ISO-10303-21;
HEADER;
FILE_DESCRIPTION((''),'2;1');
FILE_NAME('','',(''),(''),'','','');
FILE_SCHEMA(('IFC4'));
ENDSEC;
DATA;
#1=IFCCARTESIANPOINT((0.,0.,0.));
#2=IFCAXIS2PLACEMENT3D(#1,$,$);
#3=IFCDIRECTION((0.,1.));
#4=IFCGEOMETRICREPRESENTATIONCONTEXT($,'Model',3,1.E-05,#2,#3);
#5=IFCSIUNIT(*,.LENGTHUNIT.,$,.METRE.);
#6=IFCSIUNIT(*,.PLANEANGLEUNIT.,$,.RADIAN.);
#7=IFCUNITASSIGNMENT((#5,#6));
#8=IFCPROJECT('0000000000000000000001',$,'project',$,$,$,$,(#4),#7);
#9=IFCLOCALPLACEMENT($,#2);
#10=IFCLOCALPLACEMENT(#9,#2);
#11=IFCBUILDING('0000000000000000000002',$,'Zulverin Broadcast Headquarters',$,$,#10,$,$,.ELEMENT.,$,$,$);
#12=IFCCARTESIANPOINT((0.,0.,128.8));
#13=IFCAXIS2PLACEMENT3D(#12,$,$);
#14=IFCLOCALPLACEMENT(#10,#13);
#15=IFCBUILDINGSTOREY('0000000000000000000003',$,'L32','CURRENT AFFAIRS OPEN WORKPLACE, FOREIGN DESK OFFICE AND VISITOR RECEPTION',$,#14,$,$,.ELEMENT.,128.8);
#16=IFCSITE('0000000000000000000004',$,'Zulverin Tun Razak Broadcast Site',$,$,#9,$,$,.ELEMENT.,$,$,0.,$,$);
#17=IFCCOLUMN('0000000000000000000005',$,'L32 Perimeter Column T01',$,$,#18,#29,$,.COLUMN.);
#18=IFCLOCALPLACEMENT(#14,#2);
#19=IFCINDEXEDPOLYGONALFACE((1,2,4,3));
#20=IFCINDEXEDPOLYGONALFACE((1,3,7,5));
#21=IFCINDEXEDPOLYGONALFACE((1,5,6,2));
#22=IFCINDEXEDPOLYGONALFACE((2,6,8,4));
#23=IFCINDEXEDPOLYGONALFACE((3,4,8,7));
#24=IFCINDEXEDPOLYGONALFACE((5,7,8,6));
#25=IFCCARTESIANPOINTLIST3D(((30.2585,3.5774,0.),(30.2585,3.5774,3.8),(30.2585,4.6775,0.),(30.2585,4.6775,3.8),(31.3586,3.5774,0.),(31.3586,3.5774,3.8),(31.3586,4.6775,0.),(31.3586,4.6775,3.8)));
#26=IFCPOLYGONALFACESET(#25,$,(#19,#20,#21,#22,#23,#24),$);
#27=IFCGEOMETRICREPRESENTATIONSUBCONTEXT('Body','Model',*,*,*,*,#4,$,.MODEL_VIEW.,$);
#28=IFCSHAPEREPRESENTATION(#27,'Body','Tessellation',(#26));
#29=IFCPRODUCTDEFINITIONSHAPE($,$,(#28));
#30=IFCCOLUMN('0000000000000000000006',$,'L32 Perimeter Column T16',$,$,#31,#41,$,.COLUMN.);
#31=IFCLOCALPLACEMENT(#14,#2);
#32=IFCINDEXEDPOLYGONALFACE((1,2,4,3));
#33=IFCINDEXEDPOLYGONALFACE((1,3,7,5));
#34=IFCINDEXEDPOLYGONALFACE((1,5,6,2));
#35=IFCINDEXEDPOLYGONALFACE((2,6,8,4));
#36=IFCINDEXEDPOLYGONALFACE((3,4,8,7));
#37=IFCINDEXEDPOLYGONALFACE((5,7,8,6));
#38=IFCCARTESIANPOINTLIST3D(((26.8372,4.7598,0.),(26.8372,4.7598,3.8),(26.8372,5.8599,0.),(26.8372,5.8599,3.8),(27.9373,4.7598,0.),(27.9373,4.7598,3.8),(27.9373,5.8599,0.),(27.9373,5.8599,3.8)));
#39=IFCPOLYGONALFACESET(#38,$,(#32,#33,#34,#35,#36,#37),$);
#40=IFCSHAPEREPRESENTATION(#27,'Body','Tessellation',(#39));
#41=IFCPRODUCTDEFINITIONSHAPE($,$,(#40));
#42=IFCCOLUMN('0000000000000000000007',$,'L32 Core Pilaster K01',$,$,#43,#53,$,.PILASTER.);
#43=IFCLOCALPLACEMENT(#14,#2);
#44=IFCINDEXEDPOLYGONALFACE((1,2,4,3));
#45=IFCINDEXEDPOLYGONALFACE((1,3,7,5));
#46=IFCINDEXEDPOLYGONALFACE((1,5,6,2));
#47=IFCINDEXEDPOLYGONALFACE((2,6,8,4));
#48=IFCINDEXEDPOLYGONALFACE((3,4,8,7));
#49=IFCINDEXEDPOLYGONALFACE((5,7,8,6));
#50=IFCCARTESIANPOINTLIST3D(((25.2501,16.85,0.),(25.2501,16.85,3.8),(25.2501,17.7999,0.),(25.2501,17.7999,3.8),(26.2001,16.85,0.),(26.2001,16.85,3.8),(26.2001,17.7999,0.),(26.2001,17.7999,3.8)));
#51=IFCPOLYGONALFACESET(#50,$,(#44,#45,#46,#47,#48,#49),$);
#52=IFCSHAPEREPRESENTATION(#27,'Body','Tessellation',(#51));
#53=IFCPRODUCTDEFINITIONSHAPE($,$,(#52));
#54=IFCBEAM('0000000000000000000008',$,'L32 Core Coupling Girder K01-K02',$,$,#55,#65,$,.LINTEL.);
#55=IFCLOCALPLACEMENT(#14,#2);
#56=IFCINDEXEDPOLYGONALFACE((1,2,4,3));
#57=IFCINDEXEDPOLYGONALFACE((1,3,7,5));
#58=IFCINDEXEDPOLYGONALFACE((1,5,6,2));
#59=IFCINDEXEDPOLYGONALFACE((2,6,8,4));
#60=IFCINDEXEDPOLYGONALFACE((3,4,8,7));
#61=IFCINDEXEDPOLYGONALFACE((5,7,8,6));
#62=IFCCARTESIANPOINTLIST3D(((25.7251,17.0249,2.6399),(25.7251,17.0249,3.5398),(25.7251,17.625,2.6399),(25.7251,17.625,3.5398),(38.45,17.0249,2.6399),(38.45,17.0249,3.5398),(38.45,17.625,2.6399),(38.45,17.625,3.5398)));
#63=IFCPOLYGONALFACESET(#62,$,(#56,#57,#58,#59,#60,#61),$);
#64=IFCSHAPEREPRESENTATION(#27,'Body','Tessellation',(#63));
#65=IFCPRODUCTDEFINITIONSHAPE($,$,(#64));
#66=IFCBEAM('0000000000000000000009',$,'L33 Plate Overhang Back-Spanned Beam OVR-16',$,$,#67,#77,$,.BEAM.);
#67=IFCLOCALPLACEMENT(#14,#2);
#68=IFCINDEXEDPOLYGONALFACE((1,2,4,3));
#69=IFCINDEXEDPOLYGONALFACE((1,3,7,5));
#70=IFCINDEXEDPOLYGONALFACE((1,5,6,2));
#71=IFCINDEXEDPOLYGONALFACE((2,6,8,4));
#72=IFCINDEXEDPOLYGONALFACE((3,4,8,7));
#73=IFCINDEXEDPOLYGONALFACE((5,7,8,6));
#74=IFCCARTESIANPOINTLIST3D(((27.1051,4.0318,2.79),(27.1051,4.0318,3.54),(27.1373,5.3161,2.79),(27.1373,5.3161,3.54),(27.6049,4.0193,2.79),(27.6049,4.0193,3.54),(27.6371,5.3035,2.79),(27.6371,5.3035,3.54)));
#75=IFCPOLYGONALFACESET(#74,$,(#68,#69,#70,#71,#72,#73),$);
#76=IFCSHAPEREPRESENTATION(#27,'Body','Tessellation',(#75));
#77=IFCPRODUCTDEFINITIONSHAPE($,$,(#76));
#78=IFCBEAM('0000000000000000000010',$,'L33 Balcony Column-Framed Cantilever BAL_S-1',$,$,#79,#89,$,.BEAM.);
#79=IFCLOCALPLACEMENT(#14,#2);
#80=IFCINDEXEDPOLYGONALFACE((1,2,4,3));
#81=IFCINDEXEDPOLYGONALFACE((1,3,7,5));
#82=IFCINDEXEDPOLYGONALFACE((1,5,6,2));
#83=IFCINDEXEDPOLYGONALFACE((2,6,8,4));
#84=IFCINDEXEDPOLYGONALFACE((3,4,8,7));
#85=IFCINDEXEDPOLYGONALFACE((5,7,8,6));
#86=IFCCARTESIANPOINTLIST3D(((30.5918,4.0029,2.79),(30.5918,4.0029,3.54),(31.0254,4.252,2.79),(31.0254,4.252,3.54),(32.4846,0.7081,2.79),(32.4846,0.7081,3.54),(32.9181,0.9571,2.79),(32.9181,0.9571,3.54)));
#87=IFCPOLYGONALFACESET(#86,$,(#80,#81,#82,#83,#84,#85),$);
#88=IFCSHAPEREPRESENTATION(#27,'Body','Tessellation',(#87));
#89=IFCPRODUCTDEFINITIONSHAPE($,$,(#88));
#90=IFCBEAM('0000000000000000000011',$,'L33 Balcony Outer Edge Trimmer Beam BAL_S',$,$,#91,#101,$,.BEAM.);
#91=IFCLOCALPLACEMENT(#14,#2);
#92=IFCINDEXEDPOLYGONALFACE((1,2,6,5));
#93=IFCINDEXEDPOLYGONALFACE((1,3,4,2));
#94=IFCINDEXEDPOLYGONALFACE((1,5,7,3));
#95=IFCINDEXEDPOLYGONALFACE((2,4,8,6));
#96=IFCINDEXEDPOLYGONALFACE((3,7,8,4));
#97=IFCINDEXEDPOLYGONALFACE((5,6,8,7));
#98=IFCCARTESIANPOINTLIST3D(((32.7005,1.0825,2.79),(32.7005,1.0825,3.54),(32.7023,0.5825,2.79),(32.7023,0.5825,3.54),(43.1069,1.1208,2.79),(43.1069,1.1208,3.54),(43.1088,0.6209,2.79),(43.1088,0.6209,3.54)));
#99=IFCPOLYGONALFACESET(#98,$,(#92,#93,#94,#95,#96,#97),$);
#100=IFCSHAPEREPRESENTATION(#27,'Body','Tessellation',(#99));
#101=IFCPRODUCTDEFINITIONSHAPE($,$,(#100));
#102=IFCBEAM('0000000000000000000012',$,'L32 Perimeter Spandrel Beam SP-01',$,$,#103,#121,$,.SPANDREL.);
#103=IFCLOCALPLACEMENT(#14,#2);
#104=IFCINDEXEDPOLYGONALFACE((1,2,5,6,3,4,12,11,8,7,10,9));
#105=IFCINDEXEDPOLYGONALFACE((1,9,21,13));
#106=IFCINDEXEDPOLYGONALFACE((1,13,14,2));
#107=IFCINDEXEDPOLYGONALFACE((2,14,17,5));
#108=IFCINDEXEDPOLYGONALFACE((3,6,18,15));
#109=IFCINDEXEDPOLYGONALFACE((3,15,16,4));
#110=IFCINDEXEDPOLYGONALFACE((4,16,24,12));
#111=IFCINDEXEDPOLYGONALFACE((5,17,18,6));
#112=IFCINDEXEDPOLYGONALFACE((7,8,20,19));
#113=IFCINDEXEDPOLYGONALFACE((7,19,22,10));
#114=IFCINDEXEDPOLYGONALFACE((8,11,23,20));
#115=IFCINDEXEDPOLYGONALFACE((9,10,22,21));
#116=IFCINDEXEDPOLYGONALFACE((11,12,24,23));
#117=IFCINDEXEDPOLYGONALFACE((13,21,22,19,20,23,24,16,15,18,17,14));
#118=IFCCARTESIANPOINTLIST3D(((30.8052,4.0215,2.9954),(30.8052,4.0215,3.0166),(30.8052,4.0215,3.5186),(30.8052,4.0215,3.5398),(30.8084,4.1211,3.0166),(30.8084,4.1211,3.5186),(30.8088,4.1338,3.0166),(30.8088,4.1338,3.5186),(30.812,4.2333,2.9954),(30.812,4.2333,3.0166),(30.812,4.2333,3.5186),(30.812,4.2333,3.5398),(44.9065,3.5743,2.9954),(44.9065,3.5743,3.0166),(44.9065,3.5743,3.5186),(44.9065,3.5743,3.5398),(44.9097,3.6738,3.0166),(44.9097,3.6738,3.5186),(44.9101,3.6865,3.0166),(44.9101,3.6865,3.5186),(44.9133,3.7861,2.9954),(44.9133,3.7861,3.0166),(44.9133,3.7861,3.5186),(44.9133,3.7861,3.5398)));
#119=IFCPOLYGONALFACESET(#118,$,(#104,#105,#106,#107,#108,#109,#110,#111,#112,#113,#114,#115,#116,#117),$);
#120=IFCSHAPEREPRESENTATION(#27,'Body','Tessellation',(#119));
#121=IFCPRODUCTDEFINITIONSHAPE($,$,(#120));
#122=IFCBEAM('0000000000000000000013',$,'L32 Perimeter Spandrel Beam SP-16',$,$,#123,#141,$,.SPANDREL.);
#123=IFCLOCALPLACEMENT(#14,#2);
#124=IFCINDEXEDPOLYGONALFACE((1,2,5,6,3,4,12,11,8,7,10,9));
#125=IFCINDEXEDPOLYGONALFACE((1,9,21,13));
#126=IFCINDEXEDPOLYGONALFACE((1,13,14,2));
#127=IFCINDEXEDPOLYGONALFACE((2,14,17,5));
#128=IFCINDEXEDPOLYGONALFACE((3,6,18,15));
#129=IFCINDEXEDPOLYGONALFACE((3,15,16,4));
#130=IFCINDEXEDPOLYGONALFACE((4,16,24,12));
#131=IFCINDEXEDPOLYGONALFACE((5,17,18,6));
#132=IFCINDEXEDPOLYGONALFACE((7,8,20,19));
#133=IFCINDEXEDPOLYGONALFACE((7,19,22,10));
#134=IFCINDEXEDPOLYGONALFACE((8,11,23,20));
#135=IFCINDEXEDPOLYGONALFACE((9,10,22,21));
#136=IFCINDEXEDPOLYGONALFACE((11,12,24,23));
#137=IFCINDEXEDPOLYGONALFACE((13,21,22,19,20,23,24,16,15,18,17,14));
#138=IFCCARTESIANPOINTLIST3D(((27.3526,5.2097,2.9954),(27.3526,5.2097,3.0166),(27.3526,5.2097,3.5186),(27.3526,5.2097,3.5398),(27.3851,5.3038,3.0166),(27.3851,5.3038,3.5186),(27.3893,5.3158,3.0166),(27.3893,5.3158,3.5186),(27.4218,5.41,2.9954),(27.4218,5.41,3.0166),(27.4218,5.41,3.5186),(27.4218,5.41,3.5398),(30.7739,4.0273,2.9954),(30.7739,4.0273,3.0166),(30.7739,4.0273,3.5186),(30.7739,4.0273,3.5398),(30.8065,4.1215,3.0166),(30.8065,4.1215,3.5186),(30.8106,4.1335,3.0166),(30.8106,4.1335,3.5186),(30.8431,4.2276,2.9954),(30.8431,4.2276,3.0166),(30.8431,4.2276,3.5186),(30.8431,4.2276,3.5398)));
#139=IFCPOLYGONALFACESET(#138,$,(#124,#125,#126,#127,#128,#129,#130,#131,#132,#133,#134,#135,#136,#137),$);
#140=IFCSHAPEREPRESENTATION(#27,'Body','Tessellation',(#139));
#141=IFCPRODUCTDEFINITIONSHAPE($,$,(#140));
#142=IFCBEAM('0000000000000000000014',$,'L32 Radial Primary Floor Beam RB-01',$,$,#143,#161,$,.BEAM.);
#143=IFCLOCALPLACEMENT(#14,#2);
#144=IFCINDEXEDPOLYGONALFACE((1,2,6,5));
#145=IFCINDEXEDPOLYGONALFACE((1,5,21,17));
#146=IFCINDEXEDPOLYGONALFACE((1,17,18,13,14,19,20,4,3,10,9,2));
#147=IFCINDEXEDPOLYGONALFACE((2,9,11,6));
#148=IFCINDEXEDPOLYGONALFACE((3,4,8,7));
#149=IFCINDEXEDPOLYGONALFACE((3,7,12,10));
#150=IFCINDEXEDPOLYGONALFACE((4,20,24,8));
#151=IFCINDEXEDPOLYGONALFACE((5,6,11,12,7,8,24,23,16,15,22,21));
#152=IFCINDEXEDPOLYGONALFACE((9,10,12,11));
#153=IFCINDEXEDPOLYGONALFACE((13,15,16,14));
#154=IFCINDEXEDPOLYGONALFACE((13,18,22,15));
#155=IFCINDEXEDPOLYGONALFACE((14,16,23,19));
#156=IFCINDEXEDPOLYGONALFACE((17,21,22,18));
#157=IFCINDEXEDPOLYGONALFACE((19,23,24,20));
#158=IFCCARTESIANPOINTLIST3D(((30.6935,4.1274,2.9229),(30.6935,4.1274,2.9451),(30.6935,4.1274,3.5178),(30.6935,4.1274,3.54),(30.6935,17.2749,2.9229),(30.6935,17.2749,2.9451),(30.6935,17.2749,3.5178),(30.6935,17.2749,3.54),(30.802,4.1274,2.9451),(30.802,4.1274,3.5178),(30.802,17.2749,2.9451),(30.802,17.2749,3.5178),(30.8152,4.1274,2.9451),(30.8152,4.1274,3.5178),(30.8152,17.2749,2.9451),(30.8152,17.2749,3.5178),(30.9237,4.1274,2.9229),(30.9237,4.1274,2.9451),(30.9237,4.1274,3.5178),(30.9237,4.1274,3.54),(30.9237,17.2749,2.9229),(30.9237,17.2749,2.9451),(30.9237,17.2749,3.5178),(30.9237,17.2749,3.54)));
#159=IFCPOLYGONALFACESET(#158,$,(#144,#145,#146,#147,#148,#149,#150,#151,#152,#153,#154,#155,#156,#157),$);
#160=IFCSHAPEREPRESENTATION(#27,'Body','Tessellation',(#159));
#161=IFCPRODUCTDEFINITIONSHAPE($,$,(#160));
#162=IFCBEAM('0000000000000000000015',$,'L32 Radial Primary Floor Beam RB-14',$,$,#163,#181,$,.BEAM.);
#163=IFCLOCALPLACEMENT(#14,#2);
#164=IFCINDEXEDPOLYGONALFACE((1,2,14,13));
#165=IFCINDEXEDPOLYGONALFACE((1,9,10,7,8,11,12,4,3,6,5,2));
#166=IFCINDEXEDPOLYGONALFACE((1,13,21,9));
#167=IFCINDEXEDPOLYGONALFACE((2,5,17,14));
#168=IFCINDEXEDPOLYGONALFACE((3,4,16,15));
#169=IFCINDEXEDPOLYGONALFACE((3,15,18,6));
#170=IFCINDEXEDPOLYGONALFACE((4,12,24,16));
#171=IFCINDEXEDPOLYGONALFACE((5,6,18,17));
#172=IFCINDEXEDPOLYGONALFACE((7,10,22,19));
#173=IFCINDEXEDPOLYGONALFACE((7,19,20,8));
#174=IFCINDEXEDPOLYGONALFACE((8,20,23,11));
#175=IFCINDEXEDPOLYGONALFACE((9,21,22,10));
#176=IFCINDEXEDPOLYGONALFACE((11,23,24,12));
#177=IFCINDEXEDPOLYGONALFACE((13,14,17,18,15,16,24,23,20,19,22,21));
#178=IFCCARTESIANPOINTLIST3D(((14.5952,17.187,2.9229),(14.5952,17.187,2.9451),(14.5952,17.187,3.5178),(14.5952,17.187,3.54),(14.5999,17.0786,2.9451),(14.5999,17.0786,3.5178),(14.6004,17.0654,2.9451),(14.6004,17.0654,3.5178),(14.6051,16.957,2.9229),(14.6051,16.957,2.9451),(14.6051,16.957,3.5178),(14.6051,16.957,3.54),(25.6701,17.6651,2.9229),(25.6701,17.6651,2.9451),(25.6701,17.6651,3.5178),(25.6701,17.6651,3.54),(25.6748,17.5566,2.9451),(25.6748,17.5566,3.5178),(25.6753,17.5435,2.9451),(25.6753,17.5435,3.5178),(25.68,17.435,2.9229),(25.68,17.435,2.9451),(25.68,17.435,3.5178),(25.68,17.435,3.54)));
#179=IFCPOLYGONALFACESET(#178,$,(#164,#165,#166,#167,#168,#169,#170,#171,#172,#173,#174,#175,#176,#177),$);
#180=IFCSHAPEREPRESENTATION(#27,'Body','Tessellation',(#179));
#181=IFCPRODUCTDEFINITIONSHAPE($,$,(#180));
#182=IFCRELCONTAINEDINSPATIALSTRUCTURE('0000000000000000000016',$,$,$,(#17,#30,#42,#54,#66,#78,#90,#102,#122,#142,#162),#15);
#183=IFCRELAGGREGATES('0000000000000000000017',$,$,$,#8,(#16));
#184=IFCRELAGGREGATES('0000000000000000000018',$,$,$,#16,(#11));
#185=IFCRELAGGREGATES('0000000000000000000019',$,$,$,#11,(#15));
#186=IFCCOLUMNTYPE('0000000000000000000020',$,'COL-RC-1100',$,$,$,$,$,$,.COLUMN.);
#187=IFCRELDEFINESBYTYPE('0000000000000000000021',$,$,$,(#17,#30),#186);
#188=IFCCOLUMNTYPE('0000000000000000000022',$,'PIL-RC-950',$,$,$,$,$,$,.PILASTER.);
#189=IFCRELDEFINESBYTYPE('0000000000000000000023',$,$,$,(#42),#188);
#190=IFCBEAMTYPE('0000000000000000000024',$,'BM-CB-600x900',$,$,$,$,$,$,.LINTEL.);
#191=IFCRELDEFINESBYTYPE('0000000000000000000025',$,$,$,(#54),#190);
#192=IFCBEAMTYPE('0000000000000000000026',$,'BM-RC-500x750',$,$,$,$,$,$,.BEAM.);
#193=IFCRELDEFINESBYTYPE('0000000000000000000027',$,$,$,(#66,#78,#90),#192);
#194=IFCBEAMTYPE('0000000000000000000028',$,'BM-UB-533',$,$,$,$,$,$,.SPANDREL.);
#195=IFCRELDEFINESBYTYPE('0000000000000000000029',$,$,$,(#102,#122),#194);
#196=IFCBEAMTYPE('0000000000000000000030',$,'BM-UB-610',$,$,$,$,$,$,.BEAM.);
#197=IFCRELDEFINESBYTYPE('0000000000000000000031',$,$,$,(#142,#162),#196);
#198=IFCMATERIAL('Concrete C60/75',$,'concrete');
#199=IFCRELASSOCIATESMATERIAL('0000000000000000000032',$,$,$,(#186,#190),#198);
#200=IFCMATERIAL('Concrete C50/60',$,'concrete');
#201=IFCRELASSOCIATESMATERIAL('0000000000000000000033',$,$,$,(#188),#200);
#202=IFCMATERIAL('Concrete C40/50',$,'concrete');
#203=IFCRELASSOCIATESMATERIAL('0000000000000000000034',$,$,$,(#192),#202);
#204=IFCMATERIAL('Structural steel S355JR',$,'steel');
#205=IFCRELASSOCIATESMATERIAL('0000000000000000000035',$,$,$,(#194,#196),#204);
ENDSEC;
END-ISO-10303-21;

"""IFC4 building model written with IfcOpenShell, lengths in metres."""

from ifc_helpers import new_model, si_unit, direction, frame, origin, origin_2d, place, context, subcontext, project, spatial, rectangle, i_section, extrude, material, material_profile, profile_set, type_object, element, save


model = new_model("IFC4")

# Units and contexts
model_context = context("Model", 3, precision=1e-05, world=origin(), true_north=direction((0.0, 1.0)))
body_context = subcontext(model_context, "Body", "Model", "MODEL_VIEW")
ifc_project = project(units=[si_unit("LENGTHUNIT", "METRE"), si_unit("PLANEANGLEUNIT", "RADIAN")], contexts=[model_context])

# Site, building, storey
site_placement = place(None, origin())
site = spatial("IfcSite", under=ifc_project, at=site_placement, Name="Zulverin Tun Razak Broadcast Site", CompositionType="ELEMENT", RefElevation=0.0)
building_placement = place(site_placement, origin())
building = spatial("IfcBuilding", under=site, at=building_placement, Name="Zulverin Broadcast Headquarters", CompositionType="ELEMENT")
storey_placement = place(building_placement, frame((0.0, 0.0, 128.8)))
storey = spatial("IfcBuildingStorey", under=building, at=storey_placement, Name="L32", Description="CURRENT AFFAIRS OPEN WORKPLACE, FOREIGN DESK OFFICE AND VISITOR RECEPTION", CompositionType="ELEMENT", Elevation=128.8)

# Columns
ifc_material_1 = material(Name="Concrete C60/75", Category="concrete")
ifc_material_profile_1 = material_profile(ifc_material_1, rectangle(XDim=1.1001, YDim=1.1001, at=origin_2d()), Name="Concrete C60/75", Category="concrete")
ifc_profile_set_1 = profile_set([ifc_material_profile_1], Name="Concrete C60/75")
column_type_1 = type_object("IfcColumnType", Name="COL-RC-1100", PredefinedType="COLUMN", material=ifc_profile_set_1)
for number, where, z_axis, x_axis, name in (
    (1, (30.8086, 4.1274, 0.0), (0.0, 0.0, 1.0), (1.0, 0.0, 0.0), "L32 Perimeter Column T01"),
    (2, (27.3872, 5.3098, 0.0), (0.0, 0.0, 1.0), (1.0, 0.0, 0.0), "L32 Perimeter Column T16"),
):
    element("IfcColumn", number, at=place(storey_placement, frame(where, z_axis=z_axis, x_axis=x_axis)), inside=storey, type_object=column_type_1, Name=name, PredefinedType="COLUMN", context=body_context, shape_type="SweptSolid", body=[
        extrude(rectangle(XDim=1.1001, YDim=1.1001, at=origin_2d()), origin(), (0.0, 0.0, 1.0), 3.8),
    ])
ifc_material_2 = material(Name="Concrete C50/60", Category="concrete")
ifc_material_profile_2 = material_profile(ifc_material_2, rectangle(XDim=0.95, YDim=0.95, at=origin_2d()), Name="Concrete C50/60", Category="concrete")
ifc_profile_set_2 = profile_set([ifc_material_profile_2], Name="Concrete C50/60")
column_type_2 = type_object("IfcColumnType", Name="PIL-RC-950", PredefinedType="PILASTER", material=ifc_profile_set_2)
column_placement = place(storey_placement, frame((25.7251, 17.325, 0.0), z_axis=(0.0, 0.0, 1.0), x_axis=(1.0, 0.0, 0.0)))
element("IfcColumn", 3, at=column_placement, inside=storey, type_object=column_type_2, Name="L32 Core Pilaster K01", PredefinedType="PILASTER", context=body_context, shape_type="SweptSolid", body=[
    extrude(rectangle(XDim=0.95, YDim=0.95, at=origin_2d()), origin(), (0.0, 0.0, 1.0), 3.8),
])

# Beams
ifc_material_profile_3 = material_profile(ifc_material_1, rectangle(XDim=0.6001, YDim=0.8999, at=origin_2d()), Name="Concrete C60/75", Category="concrete")
ifc_profile_set_3 = profile_set([ifc_material_profile_3], Name="Concrete C60/75")
beam_type_1 = type_object("IfcBeamType", Name="BM-CB-600x900", PredefinedType="LINTEL", material=ifc_profile_set_3)
beam_1_placement = place(storey_placement, frame((25.7251, 17.325, 3.0898), z_axis=(1.0, 0.0, 0.0), x_axis=(0.0, 1.0, 0.0)))
element("IfcBeam", 4, at=beam_1_placement, inside=storey, type_object=beam_type_1, Name="L32 Core Coupling Girder K01-K02", PredefinedType="LINTEL", context=body_context, shape_type="SweptSolid", body=[
    extrude(rectangle(XDim=0.6001, YDim=0.8999, at=origin_2d()), origin(), (0.0, 0.0, 1.0), 12.7249),
])
ifc_material_3 = material(Name="Concrete C40/50", Category="concrete")
ifc_material_profile_4 = material_profile(ifc_material_3, rectangle(XDim=0.5, YDim=0.75, at=origin_2d()), Name="Concrete C40/50", Category="concrete")
ifc_profile_set_4 = profile_set([ifc_material_profile_4], Name="Concrete C40/50")
beam_type_2 = type_object("IfcBeamType", Name="BM-RC-500x750", PredefinedType="BEAM", material=ifc_profile_set_4)
beam_2_placement = place(storey_placement, frame((27.3872, 5.3098, 3.165), z_axis=(-0.025087, -0.999685, 0.0), x_axis=(0.999685, -0.025087, 0.0)))
element("IfcBeam", 5, at=beam_2_placement, inside=storey, type_object=beam_type_2, Name="L33 Plate Overhang Back-Spanned Beam OVR-16", PredefinedType="BEAM", context=body_context, shape_type="SweptSolid", body=[
    extrude(rectangle(XDim=0.5, YDim=0.75, at=origin_2d()), origin(), (0.0, 0.0, 1.0), 1.2847),
])
beam_3_placement = place(storey_placement, frame((30.8086, 4.1274, 3.165), z_axis=(0.498123, -0.867106, 0.0), x_axis=(0.867106, 0.498123, 0.0)))
element("IfcBeam", 6, at=beam_3_placement, inside=storey, type_object=beam_type_2, Name="L33 Balcony Column-Framed Cantilever BAL_S-1", PredefinedType="BEAM", context=body_context, shape_type="SweptSolid", body=[
    extrude(rectangle(XDim=0.5, YDim=0.75, at=origin_2d()), origin(), (0.0, 0.0, 1.0), 3.7998),
])
beam_4_placement = place(storey_placement, frame((32.7014, 0.8325, 3.165), z_axis=(0.999993, 0.003683, 0.0), x_axis=(-0.003683, 0.999993, 0.0)))
element("IfcBeam", 7, at=beam_4_placement, inside=storey, type_object=beam_type_2, Name="L33 Balcony Outer Edge Trimmer Beam BAL_S", PredefinedType="BEAM", context=body_context, shape_type="SweptSolid", body=[
    extrude(rectangle(XDim=0.5, YDim=0.75, at=origin_2d()), origin(), (0.0, 0.0, 1.0), 10.4065),
])
ifc_material_4 = material(Name="Structural steel S355JR", Category="steel")
ifc_material_profile_5 = material_profile(ifc_material_4, i_section(OverallWidth=0.2119, OverallDepth=0.5444, WebThickness=0.0127, FlangeThickness=0.0212, at=origin_2d()), Name="Structural steel S355JR", Category="steel")
ifc_profile_set_5 = profile_set([ifc_material_profile_5], Name="Structural steel S355JR")
beam_type_3 = type_object("IfcBeamType", Name="BM-UB-533", PredefinedType="SPANDREL", material=ifc_profile_set_5)
beam_5_placement = place(storey_placement, frame((30.8086, 4.1274, 3.2676), z_axis=(0.999497, -0.031702, 0.0), x_axis=(0.031702, 0.999497, 0.0)))
element("IfcBeam", 8, at=beam_5_placement, inside=storey, type_object=beam_type_3, Name="L32 Perimeter Spandrel Beam SP-01", PredefinedType="SPANDREL", context=body_context, shape_type="SweptSolid", body=[
    extrude(i_section(OverallWidth=0.2119, OverallDepth=0.5444, WebThickness=0.0127, FlangeThickness=0.0212, at=origin_2d()), origin(), (0.0, 0.0, 1.0), 14.1084),
])
beam_6_placement = place(storey_placement, frame((27.3872, 5.3098, 3.2676), z_axis=(0.945153, -0.326629, 0.0), x_axis=(0.326629, 0.945153, 0.0)))
element("IfcBeam", 9, at=beam_6_placement, inside=storey, type_object=beam_type_3, Name="L32 Perimeter Spandrel Beam SP-16", PredefinedType="SPANDREL", context=body_context, shape_type="SweptSolid", body=[
    extrude(i_section(OverallWidth=0.2119, OverallDepth=0.5444, WebThickness=0.0127, FlangeThickness=0.0212, at=origin_2d()), origin(), (0.0, 0.0, 1.0), 3.6199),
])
ifc_material_profile_6 = material_profile(ifc_material_4, i_section(OverallWidth=0.2302, OverallDepth=0.6172, WebThickness=0.0132, FlangeThickness=0.0222, at=origin_2d()), Name="Structural steel S355JR", Category="steel")
ifc_profile_set_6 = profile_set([ifc_material_profile_6], Name="Structural steel S355JR")
beam_type_4 = type_object("IfcBeamType", Name="BM-UB-610", PredefinedType="BEAM", material=ifc_profile_set_6)
beam_7_placement = place(storey_placement, frame((30.8086, 17.2749, 3.2314), z_axis=(0.0, -1.0, 0.0), x_axis=(1.0, 0.0, 0.0)))
element("IfcBeam", 10, at=beam_7_placement, inside=storey, type_object=beam_type_4, Name="L32 Radial Primary Floor Beam RB-01", PredefinedType="BEAM", context=body_context, shape_type="SweptSolid", body=[
    extrude(i_section(OverallWidth=0.2302, OverallDepth=0.6172, WebThickness=0.0132, FlangeThickness=0.0222, at=origin_2d()), origin(), (0.0, 0.0, 1.0), 13.1475),
])
beam_8_placement = place(storey_placement, frame((25.675, 17.55, 3.2314), z_axis=(-0.99907, -0.043123, 0.0), x_axis=(0.043123, -0.99907, 0.0)))
element("IfcBeam", 11, at=beam_8_placement, inside=storey, type_object=beam_type_4, Name="L32 Radial Primary Floor Beam RB-14", PredefinedType="BEAM", context=body_context, shape_type="SweptSolid", body=[
    extrude(i_section(OverallWidth=0.2302, OverallDepth=0.6172, WebThickness=0.0132, FlangeThickness=0.0222, at=origin_2d()), origin(), (0.0, 0.0, 1.0), 11.0852),
])

save(model, "model.ifc")
